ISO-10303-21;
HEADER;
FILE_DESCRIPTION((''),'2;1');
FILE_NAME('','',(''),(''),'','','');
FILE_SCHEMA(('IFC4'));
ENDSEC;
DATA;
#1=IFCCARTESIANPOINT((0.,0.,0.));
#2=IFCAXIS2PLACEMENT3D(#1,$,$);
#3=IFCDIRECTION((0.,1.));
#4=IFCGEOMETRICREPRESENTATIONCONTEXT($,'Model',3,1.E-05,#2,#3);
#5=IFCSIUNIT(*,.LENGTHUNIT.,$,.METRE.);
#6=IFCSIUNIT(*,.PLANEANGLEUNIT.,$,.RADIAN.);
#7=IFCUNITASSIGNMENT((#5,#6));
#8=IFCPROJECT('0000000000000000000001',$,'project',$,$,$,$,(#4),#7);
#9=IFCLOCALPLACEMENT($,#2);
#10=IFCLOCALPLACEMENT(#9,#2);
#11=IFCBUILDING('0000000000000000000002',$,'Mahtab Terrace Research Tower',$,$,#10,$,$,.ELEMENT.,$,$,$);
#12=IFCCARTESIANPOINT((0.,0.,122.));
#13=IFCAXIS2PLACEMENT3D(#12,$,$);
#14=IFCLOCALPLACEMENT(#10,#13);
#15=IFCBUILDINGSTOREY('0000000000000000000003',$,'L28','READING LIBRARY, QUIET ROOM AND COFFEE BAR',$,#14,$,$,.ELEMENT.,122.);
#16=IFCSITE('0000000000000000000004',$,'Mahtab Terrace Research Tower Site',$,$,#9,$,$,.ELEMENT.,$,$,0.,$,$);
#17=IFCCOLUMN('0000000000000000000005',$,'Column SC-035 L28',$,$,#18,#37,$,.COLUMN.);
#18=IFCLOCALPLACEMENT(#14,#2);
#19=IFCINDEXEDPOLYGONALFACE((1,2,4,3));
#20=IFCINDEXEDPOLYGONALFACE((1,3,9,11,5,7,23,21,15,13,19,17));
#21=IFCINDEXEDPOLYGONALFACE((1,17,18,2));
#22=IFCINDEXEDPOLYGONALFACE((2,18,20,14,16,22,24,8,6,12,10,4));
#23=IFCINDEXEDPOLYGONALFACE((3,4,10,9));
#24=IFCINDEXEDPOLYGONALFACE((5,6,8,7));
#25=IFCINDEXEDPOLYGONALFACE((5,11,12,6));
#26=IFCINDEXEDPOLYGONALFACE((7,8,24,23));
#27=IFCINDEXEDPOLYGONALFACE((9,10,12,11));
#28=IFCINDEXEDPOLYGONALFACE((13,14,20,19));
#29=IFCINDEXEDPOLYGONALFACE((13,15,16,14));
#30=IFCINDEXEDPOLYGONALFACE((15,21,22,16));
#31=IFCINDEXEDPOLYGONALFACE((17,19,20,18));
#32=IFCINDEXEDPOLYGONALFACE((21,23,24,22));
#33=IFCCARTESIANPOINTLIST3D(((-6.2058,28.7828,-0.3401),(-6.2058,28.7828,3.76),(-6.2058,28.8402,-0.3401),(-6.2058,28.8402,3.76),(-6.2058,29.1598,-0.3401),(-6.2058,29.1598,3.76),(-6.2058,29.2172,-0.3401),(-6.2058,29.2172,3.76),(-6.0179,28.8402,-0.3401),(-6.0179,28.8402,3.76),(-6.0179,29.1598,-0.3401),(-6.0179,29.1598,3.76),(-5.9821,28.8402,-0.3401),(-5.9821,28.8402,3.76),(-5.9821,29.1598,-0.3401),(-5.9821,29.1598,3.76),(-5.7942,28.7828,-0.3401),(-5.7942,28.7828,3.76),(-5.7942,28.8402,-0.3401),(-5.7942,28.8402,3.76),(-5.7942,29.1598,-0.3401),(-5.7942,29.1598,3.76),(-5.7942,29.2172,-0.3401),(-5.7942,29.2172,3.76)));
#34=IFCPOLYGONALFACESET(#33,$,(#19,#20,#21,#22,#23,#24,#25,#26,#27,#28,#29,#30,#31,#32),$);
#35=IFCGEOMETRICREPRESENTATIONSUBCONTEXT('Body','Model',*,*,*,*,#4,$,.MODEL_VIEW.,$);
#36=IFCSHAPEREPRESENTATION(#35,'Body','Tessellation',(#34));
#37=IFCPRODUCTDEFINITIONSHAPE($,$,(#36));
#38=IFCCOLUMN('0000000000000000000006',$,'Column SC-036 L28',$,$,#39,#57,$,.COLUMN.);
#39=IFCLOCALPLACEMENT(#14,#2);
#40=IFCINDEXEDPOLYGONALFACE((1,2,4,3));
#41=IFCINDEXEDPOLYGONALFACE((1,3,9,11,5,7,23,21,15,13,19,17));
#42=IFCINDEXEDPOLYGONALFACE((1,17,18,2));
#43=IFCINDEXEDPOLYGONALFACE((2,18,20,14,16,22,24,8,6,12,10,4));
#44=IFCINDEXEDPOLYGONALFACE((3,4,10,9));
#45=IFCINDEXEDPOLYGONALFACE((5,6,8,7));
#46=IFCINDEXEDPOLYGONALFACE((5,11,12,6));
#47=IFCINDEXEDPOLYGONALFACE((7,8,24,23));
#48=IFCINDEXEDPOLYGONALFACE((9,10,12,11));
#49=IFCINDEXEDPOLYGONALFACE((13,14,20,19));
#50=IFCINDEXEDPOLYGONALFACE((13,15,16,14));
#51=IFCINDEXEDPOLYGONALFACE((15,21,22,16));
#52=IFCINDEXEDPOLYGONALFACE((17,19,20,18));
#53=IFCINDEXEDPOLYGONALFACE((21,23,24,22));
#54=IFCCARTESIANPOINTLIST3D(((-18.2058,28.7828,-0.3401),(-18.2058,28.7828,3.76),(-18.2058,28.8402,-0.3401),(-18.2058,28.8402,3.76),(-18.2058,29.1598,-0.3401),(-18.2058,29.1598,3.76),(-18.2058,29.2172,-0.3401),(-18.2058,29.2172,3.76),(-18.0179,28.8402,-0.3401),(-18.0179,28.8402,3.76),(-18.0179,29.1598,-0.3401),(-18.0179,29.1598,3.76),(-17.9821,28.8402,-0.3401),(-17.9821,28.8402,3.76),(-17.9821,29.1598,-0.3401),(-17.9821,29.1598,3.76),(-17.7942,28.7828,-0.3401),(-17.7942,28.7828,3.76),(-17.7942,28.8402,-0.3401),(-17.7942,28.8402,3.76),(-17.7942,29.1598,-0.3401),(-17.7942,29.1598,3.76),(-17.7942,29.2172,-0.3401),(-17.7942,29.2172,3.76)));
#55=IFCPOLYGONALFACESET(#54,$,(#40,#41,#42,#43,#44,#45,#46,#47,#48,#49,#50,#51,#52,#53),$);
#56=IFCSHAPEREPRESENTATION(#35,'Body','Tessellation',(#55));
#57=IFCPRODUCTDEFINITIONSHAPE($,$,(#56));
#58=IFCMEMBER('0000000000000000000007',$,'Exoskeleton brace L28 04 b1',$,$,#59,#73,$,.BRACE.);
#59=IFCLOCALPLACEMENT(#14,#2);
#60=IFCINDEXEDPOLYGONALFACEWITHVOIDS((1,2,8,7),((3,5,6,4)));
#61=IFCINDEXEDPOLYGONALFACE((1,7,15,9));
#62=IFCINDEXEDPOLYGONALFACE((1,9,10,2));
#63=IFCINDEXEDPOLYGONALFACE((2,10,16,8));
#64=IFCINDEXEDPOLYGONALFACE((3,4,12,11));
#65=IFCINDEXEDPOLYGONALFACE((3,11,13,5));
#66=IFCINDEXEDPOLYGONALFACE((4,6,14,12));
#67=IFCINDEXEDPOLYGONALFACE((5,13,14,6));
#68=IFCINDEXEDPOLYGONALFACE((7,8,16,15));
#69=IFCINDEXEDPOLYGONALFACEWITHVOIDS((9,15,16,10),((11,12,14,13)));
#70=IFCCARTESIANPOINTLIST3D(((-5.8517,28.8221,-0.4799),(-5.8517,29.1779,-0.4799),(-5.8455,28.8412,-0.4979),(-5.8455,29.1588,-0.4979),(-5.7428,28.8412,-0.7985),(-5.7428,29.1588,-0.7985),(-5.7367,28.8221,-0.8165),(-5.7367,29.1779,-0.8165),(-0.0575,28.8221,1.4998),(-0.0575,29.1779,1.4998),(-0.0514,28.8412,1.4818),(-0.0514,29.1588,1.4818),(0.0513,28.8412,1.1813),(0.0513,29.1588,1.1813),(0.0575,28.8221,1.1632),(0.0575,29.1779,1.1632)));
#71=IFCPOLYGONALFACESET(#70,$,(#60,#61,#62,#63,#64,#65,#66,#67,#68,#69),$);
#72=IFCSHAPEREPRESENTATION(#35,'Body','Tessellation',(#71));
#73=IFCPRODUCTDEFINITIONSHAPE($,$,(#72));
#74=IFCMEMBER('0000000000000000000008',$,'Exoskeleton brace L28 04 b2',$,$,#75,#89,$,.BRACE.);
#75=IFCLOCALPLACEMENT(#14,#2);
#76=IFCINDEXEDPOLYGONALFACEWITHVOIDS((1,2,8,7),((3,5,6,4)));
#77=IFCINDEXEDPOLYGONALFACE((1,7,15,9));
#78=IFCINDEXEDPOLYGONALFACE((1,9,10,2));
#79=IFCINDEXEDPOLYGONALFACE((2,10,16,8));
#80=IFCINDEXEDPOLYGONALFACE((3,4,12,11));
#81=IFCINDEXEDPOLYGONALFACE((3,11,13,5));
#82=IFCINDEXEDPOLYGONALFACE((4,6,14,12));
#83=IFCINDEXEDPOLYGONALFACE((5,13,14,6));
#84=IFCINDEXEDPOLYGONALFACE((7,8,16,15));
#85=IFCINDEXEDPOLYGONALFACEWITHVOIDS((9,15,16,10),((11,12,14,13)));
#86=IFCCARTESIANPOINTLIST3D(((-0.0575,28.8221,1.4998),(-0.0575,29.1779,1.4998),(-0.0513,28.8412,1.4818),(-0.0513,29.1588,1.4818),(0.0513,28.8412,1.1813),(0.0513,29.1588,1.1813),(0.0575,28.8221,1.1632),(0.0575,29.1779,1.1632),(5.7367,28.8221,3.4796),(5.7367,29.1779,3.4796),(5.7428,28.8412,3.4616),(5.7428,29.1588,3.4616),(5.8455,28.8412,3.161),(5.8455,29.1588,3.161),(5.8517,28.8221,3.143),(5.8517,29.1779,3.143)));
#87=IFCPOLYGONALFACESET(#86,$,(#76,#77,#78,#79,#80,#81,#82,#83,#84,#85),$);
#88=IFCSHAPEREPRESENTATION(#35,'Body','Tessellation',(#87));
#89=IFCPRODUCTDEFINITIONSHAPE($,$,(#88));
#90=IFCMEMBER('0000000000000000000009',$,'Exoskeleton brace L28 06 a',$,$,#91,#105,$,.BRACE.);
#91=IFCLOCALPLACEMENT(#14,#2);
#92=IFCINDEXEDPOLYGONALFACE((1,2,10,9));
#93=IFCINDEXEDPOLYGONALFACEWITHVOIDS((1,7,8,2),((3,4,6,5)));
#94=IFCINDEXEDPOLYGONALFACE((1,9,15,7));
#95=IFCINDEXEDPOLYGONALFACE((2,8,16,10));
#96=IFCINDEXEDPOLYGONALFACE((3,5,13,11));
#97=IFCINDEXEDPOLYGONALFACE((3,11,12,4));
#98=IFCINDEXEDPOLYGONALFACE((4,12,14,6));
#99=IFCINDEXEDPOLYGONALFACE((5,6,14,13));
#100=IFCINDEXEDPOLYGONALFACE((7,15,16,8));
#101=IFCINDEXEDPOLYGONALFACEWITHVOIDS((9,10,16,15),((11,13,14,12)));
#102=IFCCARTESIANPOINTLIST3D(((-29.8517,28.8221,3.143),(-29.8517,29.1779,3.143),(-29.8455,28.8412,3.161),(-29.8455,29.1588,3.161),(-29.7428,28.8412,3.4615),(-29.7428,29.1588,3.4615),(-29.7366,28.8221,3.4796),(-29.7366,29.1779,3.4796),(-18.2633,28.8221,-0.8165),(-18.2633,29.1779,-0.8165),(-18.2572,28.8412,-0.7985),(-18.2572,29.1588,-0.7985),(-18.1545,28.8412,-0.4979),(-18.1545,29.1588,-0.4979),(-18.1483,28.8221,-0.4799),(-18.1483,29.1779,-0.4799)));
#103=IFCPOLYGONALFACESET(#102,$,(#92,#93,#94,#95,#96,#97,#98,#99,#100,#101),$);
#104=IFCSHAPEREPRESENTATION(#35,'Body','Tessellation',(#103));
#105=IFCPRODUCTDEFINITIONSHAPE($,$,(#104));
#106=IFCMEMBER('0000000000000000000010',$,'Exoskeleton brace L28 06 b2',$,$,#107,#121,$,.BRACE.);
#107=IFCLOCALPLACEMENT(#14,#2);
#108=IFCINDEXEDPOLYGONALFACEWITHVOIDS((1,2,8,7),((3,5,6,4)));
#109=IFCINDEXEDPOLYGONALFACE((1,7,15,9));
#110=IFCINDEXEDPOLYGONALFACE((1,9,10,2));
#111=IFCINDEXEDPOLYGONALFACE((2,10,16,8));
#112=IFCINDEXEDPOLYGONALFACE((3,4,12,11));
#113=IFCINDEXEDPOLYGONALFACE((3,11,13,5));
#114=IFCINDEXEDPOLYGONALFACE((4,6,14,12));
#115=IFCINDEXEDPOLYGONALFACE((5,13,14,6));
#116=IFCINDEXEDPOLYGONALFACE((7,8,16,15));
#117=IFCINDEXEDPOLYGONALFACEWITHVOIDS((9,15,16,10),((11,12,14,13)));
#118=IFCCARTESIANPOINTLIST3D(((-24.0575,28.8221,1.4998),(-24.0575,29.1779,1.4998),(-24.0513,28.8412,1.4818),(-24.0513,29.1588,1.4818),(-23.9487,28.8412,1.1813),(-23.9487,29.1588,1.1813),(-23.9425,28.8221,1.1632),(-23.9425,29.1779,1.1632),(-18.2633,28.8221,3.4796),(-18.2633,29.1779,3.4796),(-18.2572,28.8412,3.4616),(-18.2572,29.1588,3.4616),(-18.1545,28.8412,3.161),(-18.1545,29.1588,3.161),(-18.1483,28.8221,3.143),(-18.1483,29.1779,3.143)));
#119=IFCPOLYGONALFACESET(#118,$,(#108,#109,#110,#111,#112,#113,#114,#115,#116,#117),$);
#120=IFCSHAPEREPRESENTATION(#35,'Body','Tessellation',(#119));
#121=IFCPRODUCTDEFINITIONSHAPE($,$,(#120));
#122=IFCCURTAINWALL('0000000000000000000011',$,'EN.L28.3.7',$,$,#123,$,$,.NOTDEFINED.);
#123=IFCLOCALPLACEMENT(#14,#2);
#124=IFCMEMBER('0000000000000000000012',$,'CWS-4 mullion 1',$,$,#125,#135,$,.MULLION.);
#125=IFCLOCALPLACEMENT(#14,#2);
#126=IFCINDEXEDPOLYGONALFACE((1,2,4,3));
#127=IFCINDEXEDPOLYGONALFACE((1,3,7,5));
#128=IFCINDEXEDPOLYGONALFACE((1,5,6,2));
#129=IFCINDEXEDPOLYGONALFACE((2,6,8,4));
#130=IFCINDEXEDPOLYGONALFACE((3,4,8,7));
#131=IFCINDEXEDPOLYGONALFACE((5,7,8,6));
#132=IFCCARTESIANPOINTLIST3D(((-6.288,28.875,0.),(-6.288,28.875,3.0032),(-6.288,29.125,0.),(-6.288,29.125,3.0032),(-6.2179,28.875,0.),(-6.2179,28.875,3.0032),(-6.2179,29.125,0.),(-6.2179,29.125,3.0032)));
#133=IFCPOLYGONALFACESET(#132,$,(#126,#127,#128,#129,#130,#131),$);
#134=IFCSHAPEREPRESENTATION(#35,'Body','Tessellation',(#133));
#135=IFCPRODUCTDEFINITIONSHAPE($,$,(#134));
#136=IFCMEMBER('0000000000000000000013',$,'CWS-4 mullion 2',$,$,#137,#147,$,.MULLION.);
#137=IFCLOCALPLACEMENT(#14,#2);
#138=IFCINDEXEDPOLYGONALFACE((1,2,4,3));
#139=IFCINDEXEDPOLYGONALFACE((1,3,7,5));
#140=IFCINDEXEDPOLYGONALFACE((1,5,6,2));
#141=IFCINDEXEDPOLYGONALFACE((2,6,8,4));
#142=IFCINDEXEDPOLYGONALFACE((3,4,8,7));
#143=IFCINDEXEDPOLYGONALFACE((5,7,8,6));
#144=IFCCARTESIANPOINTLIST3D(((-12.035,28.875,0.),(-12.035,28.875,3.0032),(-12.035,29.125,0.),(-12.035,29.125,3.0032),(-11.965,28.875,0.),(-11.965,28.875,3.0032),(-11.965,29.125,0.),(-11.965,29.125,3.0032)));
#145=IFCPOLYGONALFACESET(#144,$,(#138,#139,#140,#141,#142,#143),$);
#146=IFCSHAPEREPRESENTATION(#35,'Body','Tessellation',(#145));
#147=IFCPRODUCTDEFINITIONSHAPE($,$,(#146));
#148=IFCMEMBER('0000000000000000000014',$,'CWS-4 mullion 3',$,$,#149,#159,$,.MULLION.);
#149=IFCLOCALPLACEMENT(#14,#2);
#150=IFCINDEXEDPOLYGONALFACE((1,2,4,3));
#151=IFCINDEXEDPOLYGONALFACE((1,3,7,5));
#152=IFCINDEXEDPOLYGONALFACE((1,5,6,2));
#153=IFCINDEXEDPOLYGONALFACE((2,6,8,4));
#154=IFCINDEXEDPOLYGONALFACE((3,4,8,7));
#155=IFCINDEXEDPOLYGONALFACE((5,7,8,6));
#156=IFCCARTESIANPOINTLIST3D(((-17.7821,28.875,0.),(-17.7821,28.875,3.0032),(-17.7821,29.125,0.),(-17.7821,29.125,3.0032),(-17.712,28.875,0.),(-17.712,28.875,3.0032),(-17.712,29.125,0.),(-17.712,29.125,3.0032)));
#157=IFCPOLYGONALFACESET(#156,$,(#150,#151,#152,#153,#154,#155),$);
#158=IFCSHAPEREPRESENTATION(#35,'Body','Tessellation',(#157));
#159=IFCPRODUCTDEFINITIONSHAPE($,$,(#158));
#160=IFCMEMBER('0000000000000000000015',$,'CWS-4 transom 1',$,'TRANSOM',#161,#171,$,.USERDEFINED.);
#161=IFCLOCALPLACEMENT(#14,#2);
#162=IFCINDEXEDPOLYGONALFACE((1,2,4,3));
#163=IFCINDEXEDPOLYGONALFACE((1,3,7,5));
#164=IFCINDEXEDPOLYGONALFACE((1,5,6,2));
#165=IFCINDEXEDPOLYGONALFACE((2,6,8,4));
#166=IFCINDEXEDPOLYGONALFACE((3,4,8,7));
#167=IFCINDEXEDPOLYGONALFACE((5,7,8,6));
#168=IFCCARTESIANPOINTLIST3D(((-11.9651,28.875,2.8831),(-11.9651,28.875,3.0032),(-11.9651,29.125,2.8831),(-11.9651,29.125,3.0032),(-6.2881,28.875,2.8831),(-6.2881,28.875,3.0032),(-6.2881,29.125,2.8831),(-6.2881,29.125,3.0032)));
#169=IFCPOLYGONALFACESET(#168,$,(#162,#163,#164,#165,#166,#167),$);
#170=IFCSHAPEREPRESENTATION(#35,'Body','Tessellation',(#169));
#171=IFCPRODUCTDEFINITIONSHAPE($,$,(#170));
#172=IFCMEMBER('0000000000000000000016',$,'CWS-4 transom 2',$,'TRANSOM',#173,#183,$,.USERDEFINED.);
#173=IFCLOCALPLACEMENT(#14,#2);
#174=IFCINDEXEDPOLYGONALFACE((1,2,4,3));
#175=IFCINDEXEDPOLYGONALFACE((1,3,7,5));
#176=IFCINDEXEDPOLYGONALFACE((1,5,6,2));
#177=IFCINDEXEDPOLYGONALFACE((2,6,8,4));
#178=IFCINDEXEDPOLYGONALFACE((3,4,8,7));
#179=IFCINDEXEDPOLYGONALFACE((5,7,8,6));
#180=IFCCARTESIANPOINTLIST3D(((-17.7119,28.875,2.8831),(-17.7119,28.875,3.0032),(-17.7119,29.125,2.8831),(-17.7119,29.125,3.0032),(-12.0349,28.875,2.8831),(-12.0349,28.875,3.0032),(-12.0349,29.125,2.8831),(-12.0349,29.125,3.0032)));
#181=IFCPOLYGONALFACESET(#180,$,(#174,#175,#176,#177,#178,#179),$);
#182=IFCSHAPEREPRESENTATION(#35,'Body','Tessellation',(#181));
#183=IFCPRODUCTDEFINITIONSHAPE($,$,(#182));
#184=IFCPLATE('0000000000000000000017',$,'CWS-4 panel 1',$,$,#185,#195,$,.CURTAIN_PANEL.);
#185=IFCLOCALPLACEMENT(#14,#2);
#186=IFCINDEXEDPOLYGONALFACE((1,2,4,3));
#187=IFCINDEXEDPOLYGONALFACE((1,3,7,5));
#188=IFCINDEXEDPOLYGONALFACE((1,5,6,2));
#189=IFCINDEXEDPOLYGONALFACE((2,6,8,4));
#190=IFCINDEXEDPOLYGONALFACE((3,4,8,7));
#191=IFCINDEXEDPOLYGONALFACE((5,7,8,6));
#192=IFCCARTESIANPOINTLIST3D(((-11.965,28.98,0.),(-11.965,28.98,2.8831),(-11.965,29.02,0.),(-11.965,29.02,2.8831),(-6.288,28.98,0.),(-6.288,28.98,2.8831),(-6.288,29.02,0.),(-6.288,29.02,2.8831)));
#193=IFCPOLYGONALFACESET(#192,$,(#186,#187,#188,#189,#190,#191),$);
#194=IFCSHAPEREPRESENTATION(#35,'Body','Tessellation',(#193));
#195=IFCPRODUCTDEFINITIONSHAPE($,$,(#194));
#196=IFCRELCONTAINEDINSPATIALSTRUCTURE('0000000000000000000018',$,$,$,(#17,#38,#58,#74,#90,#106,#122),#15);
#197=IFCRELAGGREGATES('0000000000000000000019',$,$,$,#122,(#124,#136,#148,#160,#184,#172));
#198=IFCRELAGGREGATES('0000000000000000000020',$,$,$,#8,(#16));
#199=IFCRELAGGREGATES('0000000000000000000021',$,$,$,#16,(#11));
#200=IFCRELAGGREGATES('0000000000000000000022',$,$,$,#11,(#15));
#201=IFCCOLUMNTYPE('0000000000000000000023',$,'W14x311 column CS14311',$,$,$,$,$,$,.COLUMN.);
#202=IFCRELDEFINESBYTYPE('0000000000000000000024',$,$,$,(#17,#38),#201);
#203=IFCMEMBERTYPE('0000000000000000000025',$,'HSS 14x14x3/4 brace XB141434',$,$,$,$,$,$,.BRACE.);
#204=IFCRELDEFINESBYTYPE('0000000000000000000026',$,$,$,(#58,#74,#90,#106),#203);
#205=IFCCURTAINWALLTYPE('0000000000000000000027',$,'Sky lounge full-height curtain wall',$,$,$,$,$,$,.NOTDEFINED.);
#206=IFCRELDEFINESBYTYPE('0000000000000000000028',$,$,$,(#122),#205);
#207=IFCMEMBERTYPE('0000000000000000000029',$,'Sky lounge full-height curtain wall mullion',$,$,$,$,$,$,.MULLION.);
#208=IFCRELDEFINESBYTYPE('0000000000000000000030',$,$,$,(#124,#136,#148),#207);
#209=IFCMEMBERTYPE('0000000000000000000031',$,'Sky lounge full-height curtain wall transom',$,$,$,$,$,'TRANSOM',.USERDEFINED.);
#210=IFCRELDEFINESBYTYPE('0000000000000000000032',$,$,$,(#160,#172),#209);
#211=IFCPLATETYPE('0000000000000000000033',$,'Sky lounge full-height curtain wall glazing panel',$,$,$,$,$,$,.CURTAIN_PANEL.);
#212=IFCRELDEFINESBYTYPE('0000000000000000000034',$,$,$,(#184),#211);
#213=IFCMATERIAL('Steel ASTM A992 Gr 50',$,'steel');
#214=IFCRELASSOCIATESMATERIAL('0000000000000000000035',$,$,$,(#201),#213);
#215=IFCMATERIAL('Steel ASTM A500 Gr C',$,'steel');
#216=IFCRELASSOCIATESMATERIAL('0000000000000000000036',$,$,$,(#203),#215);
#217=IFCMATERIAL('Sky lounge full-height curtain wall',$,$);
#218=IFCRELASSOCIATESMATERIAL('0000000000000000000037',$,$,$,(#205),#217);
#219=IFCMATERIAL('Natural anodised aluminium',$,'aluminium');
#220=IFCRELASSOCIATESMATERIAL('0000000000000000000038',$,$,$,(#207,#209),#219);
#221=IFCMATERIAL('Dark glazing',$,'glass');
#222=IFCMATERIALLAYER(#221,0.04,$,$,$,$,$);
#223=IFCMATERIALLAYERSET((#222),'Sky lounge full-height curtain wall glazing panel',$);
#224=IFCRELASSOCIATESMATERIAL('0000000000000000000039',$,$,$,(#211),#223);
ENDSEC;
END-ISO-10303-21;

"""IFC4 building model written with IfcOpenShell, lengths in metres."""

from ifc_helpers import new_model, si_unit, direction, frame, origin, origin_2d, place, context, subcontext, project, spatial, rectangle, hollow_rectangle, i_section, extrude, material, layer, layer_set, material_profile, profile_set, type_object, element, aggregate, save


model = new_model("IFC4")

# Units and contexts
model_context = context("Model", 3, precision=1e-05, world=origin(), true_north=direction((0.0, 1.0)))
body_context = subcontext(model_context, "Body", "Model", "MODEL_VIEW")
ifc_project = project(units=[si_unit("LENGTHUNIT", "METRE"), si_unit("PLANEANGLEUNIT", "RADIAN")], contexts=[model_context])

# Site, building, storey
site_placement = place(None, origin())
site = spatial("IfcSite", under=ifc_project, at=site_placement, Name="Mahtab Terrace Research Tower Site", CompositionType="ELEMENT", RefElevation=0.0)
building_placement = place(site_placement, origin())
building = spatial("IfcBuilding", under=site, at=building_placement, Name="Mahtab Terrace Research Tower", CompositionType="ELEMENT")
storey_placement = place(building_placement, frame((0.0, 0.0, 122.0)))
storey = spatial("IfcBuildingStorey", under=building, at=storey_placement, Name="L28", Description="READING LIBRARY, QUIET ROOM AND COFFEE BAR", CompositionType="ELEMENT", Elevation=122.0)

# Columns
ifc_material_1 = material(Name="Steel ASTM A992 Gr 50", Category="steel")
ifc_material_profile_1 = material_profile(ifc_material_1, i_section(OverallWidth=0.4116, OverallDepth=0.4343, WebThickness=0.0359, FlangeThickness=0.0574, at=origin_2d()), Name="W14X311")
ifc_profile_set_1 = profile_set([ifc_material_profile_1], Name="Steel ASTM A992 Gr 50")
column_type = type_object("IfcColumnType", Name="W14x311 column CS14311", PredefinedType="COLUMN", material=ifc_profile_set_1)
for number, where, z_axis, x_axis, name in (
    (1, (-6.0, 29.0, -0.3401), (0.0, 0.0, 1.0), (1.0, 0.0, 0.0), "Column SC-035 L28"),
    (2, (-18.0, 29.0, -0.3401), (0.0, 0.0, 1.0), (1.0, 0.0, 0.0), "Column SC-036 L28"),
):
    element("IfcColumn", number, at=place(storey_placement, frame(where, z_axis=z_axis, x_axis=x_axis)), inside=storey, type_object=column_type, Name=name, PredefinedType="COLUMN", context=body_context, shape_type="SweptSolid", body=[
        extrude(i_section(OverallWidth=0.4116, OverallDepth=0.4343, WebThickness=0.0359, FlangeThickness=0.0574, at=origin_2d()), origin(), (0.0, 0.0, 1.0), 4.1001),
    ])

# Members
ifc_material_2 = material(Name="Steel ASTM A500 Gr C", Category="steel")
ifc_material_profile_2 = material_profile(ifc_material_2, hollow_rectangle(XDim=0.3557, YDim=0.3557, WallThickness=0.019, at=origin_2d()), Name="HSS14X14X3/4")
ifc_profile_set_2 = profile_set([ifc_material_profile_2], Name="Steel ASTM A500 Gr C")
member_type_1 = type_object("IfcMemberType", Name="HSS 14x14x3/4 brace XB141434", PredefinedType="BRACE", material=ifc_profile_set_2)
for number, where, z_axis, x_axis, name in (
    (3, (-5.7942, 29.0, -0.6482), (0.946288, 0.0, 0.323324), (0.0, 1.0, 0.0), "Exoskeleton brace L28 04 b1"),
    (4, (0.0, 29.0, 1.3315), (0.946288, 0.0, 0.323324), (0.0, 1.0, 0.0), "Exoskeleton brace L28 04 b2"),
):
    element("IfcMember", number, at=place(storey_placement, frame(where, z_axis=z_axis, x_axis=x_axis)), inside=storey, type_object=member_type_1, Name=name, PredefinedType="BRACE", context=body_context, shape_type="SweptSolid", body=[
        extrude(hollow_rectangle(XDim=0.3557, YDim=0.3557, WallThickness=0.019, at=origin_2d()), origin(), (0.0, 0.0, 1.0), 6.123),
    ])
member_1_placement = place(storey_placement, frame((-18.2058, 29.0, -0.6482), z_axis=(-0.946288, 0.0, 0.323324), x_axis=(0.0, -1.0, 0.0)))
element("IfcMember", 5, at=member_1_placement, inside=storey, type_object=member_type_1, Name="Exoskeleton brace L28 06 a", PredefinedType="BRACE", context=body_context, shape_type="SweptSolid", body=[
    extrude(hollow_rectangle(XDim=0.3557, YDim=0.3557, WallThickness=0.019, at=origin_2d()), origin(), (0.0, 0.0, 1.0), 12.2461),
])
member_2_placement = place(storey_placement, frame((-24.0, 29.0, 1.3315), z_axis=(0.946288, 0.0, 0.323324), x_axis=(0.0, 1.0, 0.0)))
element("IfcMember", 6, at=member_2_placement, inside=storey, type_object=member_type_1, Name="Exoskeleton brace L28 06 b2", PredefinedType="BRACE", context=body_context, shape_type="SweptSolid", body=[
    extrude(hollow_rectangle(XDim=0.3557, YDim=0.3557, WallThickness=0.019, at=origin_2d()), origin(), (0.0, 0.0, 1.0), 6.123),
])

# Curtain wall, members, plate
ifc_material_3 = material(Name="Sky lounge full-height curtain wall")
curtain_wall_type = type_object("IfcCurtainWallType", Name="Sky lounge full-height curtain wall", PredefinedType="NOTDEFINED", material=ifc_material_3)
curtain_wall_placement = place(storey_placement, origin())
curtain_wall = element("IfcCurtainWall", 7, at=curtain_wall_placement, inside=storey, type_object=curtain_wall_type, Name="EN.L28.3.7", PredefinedType="NOTDEFINED")
ifc_material_4 = material(Name="Natural anodised aluminium", Category="aluminium")
ifc_material_profile_3 = material_profile(ifc_material_4, rectangle(XDim=0.25, YDim=0.0701, at=origin_2d()), Name="MULLION 70x250")
ifc_profile_set_3 = profile_set([ifc_material_profile_3], Name="Natural anodised aluminium")
member_type_2 = type_object("IfcMemberType", Name="Sky lounge full-height curtain wall mullion", PredefinedType="MULLION", material=ifc_profile_set_3)
member_3_placement = place(storey_placement, frame((-6.2529, 29.0, 0.0), z_axis=(0.0, 0.0, 1.0), x_axis=(0.0, -1.0, 0.0)))
member_3 = element("IfcMember", 8, at=member_3_placement, type_object=member_type_2, Name="CWS-4 mullion 1", PredefinedType="MULLION", context=body_context, shape_type="SweptSolid", body=[
    extrude(rectangle(XDim=0.25, YDim=0.0701, at=origin_2d()), origin(), (0.0, 0.0, 1.0), 3.0032),
])
member_4_placement = place(storey_placement, frame((-12.0, 29.0, 0.0), z_axis=(0.0, 0.0, 1.0), x_axis=(0.0, -1.0, 0.0)))
member_4 = element("IfcMember", 9, at=member_4_placement, type_object=member_type_2, Name="CWS-4 mullion 2", PredefinedType="MULLION", context=body_context, shape_type="SweptSolid", body=[
    extrude(rectangle(XDim=0.25, YDim=0.0701, at=origin_2d()), origin(), (0.0, 0.0, 1.0), 3.0032),
])
member_5_placement = place(storey_placement, frame((-17.7471, 29.0, 0.0), z_axis=(0.0, 0.0, 1.0), x_axis=(0.0, -1.0, 0.0)))
member_5 = element("IfcMember", 10, at=member_5_placement, type_object=member_type_2, Name="CWS-4 mullion 3", PredefinedType="MULLION", context=body_context, shape_type="SweptSolid", body=[
    extrude(rectangle(XDim=0.25, YDim=0.0701, at=origin_2d()), origin(), (0.0, 0.0, 1.0), 3.0032),
])
ifc_material_profile_4 = material_profile(ifc_material_4, rectangle(XDim=0.25, YDim=0.1201, at=origin_2d()), Name="TRANSOM 120x250")
ifc_profile_set_4 = profile_set([ifc_material_profile_4], Name="Natural anodised aluminium")
member_type_3 = type_object("IfcMemberType", Name="Sky lounge full-height curtain wall transom", ElementType="TRANSOM", PredefinedType="USERDEFINED", material=ifc_profile_set_4)
member_6_placement = place(storey_placement, frame((-6.2881, 29.0, 2.9431), z_axis=(-1.0, 0.0, 0.0), x_axis=(0.0, -1.0, 0.0)))
member_6 = element("IfcMember", 11, at=member_6_placement, type_object=member_type_3, Name="CWS-4 transom 1", ObjectType="TRANSOM", PredefinedType="USERDEFINED", context=body_context, shape_type="SweptSolid", body=[
    extrude(rectangle(XDim=0.25, YDim=0.1201, at=origin_2d()), origin(), (0.0, 0.0, 1.0), 5.677),
])
member_7_placement = place(storey_placement, frame((-12.0349, 29.0, 2.9431), z_axis=(-1.0, 0.0, 0.0), x_axis=(0.0, -1.0, 0.0)))
member_7 = element("IfcMember", 12, at=member_7_placement, type_object=member_type_3, Name="CWS-4 transom 2", ObjectType="TRANSOM", PredefinedType="USERDEFINED", context=body_context, shape_type="SweptSolid", body=[
    extrude(rectangle(XDim=0.25, YDim=0.1201, at=origin_2d()), origin(), (0.0, 0.0, 1.0), 5.677),
])
ifc_material_5 = material(Name="Dark glazing", Category="glass")
ifc_layer_1 = layer(ifc_material_5, 0.04)
ifc_layer_set_1 = layer_set([ifc_layer_1], Name="Sky lounge full-height curtain wall glazing panel")
plate_type = type_object("IfcPlateType", Name="Sky lounge full-height curtain wall glazing panel", PredefinedType="CURTAIN_PANEL", material=ifc_layer_set_1)
plate_1_placement = place(storey_placement, frame((-9.1265, 29.0, 0.0), z_axis=(0.0, 0.0, 1.0), x_axis=(-1.0, 0.0, 0.0)))
plate_1 = element("IfcPlate", 13, at=plate_1_placement, type_object=plate_type, Name="CWS-4 panel 1", PredefinedType="CURTAIN_PANEL", context=body_context, shape_type="SweptSolid", body=[
    extrude(rectangle(XDim=5.677, YDim=0.04, at=origin_2d()), origin(), (0.0, 0.0, 1.0), 2.8831),
])
aggregate(curtain_wall, [member_3, member_4, member_5, member_6, plate_1, member_7])

save(model, "model.ifc")
